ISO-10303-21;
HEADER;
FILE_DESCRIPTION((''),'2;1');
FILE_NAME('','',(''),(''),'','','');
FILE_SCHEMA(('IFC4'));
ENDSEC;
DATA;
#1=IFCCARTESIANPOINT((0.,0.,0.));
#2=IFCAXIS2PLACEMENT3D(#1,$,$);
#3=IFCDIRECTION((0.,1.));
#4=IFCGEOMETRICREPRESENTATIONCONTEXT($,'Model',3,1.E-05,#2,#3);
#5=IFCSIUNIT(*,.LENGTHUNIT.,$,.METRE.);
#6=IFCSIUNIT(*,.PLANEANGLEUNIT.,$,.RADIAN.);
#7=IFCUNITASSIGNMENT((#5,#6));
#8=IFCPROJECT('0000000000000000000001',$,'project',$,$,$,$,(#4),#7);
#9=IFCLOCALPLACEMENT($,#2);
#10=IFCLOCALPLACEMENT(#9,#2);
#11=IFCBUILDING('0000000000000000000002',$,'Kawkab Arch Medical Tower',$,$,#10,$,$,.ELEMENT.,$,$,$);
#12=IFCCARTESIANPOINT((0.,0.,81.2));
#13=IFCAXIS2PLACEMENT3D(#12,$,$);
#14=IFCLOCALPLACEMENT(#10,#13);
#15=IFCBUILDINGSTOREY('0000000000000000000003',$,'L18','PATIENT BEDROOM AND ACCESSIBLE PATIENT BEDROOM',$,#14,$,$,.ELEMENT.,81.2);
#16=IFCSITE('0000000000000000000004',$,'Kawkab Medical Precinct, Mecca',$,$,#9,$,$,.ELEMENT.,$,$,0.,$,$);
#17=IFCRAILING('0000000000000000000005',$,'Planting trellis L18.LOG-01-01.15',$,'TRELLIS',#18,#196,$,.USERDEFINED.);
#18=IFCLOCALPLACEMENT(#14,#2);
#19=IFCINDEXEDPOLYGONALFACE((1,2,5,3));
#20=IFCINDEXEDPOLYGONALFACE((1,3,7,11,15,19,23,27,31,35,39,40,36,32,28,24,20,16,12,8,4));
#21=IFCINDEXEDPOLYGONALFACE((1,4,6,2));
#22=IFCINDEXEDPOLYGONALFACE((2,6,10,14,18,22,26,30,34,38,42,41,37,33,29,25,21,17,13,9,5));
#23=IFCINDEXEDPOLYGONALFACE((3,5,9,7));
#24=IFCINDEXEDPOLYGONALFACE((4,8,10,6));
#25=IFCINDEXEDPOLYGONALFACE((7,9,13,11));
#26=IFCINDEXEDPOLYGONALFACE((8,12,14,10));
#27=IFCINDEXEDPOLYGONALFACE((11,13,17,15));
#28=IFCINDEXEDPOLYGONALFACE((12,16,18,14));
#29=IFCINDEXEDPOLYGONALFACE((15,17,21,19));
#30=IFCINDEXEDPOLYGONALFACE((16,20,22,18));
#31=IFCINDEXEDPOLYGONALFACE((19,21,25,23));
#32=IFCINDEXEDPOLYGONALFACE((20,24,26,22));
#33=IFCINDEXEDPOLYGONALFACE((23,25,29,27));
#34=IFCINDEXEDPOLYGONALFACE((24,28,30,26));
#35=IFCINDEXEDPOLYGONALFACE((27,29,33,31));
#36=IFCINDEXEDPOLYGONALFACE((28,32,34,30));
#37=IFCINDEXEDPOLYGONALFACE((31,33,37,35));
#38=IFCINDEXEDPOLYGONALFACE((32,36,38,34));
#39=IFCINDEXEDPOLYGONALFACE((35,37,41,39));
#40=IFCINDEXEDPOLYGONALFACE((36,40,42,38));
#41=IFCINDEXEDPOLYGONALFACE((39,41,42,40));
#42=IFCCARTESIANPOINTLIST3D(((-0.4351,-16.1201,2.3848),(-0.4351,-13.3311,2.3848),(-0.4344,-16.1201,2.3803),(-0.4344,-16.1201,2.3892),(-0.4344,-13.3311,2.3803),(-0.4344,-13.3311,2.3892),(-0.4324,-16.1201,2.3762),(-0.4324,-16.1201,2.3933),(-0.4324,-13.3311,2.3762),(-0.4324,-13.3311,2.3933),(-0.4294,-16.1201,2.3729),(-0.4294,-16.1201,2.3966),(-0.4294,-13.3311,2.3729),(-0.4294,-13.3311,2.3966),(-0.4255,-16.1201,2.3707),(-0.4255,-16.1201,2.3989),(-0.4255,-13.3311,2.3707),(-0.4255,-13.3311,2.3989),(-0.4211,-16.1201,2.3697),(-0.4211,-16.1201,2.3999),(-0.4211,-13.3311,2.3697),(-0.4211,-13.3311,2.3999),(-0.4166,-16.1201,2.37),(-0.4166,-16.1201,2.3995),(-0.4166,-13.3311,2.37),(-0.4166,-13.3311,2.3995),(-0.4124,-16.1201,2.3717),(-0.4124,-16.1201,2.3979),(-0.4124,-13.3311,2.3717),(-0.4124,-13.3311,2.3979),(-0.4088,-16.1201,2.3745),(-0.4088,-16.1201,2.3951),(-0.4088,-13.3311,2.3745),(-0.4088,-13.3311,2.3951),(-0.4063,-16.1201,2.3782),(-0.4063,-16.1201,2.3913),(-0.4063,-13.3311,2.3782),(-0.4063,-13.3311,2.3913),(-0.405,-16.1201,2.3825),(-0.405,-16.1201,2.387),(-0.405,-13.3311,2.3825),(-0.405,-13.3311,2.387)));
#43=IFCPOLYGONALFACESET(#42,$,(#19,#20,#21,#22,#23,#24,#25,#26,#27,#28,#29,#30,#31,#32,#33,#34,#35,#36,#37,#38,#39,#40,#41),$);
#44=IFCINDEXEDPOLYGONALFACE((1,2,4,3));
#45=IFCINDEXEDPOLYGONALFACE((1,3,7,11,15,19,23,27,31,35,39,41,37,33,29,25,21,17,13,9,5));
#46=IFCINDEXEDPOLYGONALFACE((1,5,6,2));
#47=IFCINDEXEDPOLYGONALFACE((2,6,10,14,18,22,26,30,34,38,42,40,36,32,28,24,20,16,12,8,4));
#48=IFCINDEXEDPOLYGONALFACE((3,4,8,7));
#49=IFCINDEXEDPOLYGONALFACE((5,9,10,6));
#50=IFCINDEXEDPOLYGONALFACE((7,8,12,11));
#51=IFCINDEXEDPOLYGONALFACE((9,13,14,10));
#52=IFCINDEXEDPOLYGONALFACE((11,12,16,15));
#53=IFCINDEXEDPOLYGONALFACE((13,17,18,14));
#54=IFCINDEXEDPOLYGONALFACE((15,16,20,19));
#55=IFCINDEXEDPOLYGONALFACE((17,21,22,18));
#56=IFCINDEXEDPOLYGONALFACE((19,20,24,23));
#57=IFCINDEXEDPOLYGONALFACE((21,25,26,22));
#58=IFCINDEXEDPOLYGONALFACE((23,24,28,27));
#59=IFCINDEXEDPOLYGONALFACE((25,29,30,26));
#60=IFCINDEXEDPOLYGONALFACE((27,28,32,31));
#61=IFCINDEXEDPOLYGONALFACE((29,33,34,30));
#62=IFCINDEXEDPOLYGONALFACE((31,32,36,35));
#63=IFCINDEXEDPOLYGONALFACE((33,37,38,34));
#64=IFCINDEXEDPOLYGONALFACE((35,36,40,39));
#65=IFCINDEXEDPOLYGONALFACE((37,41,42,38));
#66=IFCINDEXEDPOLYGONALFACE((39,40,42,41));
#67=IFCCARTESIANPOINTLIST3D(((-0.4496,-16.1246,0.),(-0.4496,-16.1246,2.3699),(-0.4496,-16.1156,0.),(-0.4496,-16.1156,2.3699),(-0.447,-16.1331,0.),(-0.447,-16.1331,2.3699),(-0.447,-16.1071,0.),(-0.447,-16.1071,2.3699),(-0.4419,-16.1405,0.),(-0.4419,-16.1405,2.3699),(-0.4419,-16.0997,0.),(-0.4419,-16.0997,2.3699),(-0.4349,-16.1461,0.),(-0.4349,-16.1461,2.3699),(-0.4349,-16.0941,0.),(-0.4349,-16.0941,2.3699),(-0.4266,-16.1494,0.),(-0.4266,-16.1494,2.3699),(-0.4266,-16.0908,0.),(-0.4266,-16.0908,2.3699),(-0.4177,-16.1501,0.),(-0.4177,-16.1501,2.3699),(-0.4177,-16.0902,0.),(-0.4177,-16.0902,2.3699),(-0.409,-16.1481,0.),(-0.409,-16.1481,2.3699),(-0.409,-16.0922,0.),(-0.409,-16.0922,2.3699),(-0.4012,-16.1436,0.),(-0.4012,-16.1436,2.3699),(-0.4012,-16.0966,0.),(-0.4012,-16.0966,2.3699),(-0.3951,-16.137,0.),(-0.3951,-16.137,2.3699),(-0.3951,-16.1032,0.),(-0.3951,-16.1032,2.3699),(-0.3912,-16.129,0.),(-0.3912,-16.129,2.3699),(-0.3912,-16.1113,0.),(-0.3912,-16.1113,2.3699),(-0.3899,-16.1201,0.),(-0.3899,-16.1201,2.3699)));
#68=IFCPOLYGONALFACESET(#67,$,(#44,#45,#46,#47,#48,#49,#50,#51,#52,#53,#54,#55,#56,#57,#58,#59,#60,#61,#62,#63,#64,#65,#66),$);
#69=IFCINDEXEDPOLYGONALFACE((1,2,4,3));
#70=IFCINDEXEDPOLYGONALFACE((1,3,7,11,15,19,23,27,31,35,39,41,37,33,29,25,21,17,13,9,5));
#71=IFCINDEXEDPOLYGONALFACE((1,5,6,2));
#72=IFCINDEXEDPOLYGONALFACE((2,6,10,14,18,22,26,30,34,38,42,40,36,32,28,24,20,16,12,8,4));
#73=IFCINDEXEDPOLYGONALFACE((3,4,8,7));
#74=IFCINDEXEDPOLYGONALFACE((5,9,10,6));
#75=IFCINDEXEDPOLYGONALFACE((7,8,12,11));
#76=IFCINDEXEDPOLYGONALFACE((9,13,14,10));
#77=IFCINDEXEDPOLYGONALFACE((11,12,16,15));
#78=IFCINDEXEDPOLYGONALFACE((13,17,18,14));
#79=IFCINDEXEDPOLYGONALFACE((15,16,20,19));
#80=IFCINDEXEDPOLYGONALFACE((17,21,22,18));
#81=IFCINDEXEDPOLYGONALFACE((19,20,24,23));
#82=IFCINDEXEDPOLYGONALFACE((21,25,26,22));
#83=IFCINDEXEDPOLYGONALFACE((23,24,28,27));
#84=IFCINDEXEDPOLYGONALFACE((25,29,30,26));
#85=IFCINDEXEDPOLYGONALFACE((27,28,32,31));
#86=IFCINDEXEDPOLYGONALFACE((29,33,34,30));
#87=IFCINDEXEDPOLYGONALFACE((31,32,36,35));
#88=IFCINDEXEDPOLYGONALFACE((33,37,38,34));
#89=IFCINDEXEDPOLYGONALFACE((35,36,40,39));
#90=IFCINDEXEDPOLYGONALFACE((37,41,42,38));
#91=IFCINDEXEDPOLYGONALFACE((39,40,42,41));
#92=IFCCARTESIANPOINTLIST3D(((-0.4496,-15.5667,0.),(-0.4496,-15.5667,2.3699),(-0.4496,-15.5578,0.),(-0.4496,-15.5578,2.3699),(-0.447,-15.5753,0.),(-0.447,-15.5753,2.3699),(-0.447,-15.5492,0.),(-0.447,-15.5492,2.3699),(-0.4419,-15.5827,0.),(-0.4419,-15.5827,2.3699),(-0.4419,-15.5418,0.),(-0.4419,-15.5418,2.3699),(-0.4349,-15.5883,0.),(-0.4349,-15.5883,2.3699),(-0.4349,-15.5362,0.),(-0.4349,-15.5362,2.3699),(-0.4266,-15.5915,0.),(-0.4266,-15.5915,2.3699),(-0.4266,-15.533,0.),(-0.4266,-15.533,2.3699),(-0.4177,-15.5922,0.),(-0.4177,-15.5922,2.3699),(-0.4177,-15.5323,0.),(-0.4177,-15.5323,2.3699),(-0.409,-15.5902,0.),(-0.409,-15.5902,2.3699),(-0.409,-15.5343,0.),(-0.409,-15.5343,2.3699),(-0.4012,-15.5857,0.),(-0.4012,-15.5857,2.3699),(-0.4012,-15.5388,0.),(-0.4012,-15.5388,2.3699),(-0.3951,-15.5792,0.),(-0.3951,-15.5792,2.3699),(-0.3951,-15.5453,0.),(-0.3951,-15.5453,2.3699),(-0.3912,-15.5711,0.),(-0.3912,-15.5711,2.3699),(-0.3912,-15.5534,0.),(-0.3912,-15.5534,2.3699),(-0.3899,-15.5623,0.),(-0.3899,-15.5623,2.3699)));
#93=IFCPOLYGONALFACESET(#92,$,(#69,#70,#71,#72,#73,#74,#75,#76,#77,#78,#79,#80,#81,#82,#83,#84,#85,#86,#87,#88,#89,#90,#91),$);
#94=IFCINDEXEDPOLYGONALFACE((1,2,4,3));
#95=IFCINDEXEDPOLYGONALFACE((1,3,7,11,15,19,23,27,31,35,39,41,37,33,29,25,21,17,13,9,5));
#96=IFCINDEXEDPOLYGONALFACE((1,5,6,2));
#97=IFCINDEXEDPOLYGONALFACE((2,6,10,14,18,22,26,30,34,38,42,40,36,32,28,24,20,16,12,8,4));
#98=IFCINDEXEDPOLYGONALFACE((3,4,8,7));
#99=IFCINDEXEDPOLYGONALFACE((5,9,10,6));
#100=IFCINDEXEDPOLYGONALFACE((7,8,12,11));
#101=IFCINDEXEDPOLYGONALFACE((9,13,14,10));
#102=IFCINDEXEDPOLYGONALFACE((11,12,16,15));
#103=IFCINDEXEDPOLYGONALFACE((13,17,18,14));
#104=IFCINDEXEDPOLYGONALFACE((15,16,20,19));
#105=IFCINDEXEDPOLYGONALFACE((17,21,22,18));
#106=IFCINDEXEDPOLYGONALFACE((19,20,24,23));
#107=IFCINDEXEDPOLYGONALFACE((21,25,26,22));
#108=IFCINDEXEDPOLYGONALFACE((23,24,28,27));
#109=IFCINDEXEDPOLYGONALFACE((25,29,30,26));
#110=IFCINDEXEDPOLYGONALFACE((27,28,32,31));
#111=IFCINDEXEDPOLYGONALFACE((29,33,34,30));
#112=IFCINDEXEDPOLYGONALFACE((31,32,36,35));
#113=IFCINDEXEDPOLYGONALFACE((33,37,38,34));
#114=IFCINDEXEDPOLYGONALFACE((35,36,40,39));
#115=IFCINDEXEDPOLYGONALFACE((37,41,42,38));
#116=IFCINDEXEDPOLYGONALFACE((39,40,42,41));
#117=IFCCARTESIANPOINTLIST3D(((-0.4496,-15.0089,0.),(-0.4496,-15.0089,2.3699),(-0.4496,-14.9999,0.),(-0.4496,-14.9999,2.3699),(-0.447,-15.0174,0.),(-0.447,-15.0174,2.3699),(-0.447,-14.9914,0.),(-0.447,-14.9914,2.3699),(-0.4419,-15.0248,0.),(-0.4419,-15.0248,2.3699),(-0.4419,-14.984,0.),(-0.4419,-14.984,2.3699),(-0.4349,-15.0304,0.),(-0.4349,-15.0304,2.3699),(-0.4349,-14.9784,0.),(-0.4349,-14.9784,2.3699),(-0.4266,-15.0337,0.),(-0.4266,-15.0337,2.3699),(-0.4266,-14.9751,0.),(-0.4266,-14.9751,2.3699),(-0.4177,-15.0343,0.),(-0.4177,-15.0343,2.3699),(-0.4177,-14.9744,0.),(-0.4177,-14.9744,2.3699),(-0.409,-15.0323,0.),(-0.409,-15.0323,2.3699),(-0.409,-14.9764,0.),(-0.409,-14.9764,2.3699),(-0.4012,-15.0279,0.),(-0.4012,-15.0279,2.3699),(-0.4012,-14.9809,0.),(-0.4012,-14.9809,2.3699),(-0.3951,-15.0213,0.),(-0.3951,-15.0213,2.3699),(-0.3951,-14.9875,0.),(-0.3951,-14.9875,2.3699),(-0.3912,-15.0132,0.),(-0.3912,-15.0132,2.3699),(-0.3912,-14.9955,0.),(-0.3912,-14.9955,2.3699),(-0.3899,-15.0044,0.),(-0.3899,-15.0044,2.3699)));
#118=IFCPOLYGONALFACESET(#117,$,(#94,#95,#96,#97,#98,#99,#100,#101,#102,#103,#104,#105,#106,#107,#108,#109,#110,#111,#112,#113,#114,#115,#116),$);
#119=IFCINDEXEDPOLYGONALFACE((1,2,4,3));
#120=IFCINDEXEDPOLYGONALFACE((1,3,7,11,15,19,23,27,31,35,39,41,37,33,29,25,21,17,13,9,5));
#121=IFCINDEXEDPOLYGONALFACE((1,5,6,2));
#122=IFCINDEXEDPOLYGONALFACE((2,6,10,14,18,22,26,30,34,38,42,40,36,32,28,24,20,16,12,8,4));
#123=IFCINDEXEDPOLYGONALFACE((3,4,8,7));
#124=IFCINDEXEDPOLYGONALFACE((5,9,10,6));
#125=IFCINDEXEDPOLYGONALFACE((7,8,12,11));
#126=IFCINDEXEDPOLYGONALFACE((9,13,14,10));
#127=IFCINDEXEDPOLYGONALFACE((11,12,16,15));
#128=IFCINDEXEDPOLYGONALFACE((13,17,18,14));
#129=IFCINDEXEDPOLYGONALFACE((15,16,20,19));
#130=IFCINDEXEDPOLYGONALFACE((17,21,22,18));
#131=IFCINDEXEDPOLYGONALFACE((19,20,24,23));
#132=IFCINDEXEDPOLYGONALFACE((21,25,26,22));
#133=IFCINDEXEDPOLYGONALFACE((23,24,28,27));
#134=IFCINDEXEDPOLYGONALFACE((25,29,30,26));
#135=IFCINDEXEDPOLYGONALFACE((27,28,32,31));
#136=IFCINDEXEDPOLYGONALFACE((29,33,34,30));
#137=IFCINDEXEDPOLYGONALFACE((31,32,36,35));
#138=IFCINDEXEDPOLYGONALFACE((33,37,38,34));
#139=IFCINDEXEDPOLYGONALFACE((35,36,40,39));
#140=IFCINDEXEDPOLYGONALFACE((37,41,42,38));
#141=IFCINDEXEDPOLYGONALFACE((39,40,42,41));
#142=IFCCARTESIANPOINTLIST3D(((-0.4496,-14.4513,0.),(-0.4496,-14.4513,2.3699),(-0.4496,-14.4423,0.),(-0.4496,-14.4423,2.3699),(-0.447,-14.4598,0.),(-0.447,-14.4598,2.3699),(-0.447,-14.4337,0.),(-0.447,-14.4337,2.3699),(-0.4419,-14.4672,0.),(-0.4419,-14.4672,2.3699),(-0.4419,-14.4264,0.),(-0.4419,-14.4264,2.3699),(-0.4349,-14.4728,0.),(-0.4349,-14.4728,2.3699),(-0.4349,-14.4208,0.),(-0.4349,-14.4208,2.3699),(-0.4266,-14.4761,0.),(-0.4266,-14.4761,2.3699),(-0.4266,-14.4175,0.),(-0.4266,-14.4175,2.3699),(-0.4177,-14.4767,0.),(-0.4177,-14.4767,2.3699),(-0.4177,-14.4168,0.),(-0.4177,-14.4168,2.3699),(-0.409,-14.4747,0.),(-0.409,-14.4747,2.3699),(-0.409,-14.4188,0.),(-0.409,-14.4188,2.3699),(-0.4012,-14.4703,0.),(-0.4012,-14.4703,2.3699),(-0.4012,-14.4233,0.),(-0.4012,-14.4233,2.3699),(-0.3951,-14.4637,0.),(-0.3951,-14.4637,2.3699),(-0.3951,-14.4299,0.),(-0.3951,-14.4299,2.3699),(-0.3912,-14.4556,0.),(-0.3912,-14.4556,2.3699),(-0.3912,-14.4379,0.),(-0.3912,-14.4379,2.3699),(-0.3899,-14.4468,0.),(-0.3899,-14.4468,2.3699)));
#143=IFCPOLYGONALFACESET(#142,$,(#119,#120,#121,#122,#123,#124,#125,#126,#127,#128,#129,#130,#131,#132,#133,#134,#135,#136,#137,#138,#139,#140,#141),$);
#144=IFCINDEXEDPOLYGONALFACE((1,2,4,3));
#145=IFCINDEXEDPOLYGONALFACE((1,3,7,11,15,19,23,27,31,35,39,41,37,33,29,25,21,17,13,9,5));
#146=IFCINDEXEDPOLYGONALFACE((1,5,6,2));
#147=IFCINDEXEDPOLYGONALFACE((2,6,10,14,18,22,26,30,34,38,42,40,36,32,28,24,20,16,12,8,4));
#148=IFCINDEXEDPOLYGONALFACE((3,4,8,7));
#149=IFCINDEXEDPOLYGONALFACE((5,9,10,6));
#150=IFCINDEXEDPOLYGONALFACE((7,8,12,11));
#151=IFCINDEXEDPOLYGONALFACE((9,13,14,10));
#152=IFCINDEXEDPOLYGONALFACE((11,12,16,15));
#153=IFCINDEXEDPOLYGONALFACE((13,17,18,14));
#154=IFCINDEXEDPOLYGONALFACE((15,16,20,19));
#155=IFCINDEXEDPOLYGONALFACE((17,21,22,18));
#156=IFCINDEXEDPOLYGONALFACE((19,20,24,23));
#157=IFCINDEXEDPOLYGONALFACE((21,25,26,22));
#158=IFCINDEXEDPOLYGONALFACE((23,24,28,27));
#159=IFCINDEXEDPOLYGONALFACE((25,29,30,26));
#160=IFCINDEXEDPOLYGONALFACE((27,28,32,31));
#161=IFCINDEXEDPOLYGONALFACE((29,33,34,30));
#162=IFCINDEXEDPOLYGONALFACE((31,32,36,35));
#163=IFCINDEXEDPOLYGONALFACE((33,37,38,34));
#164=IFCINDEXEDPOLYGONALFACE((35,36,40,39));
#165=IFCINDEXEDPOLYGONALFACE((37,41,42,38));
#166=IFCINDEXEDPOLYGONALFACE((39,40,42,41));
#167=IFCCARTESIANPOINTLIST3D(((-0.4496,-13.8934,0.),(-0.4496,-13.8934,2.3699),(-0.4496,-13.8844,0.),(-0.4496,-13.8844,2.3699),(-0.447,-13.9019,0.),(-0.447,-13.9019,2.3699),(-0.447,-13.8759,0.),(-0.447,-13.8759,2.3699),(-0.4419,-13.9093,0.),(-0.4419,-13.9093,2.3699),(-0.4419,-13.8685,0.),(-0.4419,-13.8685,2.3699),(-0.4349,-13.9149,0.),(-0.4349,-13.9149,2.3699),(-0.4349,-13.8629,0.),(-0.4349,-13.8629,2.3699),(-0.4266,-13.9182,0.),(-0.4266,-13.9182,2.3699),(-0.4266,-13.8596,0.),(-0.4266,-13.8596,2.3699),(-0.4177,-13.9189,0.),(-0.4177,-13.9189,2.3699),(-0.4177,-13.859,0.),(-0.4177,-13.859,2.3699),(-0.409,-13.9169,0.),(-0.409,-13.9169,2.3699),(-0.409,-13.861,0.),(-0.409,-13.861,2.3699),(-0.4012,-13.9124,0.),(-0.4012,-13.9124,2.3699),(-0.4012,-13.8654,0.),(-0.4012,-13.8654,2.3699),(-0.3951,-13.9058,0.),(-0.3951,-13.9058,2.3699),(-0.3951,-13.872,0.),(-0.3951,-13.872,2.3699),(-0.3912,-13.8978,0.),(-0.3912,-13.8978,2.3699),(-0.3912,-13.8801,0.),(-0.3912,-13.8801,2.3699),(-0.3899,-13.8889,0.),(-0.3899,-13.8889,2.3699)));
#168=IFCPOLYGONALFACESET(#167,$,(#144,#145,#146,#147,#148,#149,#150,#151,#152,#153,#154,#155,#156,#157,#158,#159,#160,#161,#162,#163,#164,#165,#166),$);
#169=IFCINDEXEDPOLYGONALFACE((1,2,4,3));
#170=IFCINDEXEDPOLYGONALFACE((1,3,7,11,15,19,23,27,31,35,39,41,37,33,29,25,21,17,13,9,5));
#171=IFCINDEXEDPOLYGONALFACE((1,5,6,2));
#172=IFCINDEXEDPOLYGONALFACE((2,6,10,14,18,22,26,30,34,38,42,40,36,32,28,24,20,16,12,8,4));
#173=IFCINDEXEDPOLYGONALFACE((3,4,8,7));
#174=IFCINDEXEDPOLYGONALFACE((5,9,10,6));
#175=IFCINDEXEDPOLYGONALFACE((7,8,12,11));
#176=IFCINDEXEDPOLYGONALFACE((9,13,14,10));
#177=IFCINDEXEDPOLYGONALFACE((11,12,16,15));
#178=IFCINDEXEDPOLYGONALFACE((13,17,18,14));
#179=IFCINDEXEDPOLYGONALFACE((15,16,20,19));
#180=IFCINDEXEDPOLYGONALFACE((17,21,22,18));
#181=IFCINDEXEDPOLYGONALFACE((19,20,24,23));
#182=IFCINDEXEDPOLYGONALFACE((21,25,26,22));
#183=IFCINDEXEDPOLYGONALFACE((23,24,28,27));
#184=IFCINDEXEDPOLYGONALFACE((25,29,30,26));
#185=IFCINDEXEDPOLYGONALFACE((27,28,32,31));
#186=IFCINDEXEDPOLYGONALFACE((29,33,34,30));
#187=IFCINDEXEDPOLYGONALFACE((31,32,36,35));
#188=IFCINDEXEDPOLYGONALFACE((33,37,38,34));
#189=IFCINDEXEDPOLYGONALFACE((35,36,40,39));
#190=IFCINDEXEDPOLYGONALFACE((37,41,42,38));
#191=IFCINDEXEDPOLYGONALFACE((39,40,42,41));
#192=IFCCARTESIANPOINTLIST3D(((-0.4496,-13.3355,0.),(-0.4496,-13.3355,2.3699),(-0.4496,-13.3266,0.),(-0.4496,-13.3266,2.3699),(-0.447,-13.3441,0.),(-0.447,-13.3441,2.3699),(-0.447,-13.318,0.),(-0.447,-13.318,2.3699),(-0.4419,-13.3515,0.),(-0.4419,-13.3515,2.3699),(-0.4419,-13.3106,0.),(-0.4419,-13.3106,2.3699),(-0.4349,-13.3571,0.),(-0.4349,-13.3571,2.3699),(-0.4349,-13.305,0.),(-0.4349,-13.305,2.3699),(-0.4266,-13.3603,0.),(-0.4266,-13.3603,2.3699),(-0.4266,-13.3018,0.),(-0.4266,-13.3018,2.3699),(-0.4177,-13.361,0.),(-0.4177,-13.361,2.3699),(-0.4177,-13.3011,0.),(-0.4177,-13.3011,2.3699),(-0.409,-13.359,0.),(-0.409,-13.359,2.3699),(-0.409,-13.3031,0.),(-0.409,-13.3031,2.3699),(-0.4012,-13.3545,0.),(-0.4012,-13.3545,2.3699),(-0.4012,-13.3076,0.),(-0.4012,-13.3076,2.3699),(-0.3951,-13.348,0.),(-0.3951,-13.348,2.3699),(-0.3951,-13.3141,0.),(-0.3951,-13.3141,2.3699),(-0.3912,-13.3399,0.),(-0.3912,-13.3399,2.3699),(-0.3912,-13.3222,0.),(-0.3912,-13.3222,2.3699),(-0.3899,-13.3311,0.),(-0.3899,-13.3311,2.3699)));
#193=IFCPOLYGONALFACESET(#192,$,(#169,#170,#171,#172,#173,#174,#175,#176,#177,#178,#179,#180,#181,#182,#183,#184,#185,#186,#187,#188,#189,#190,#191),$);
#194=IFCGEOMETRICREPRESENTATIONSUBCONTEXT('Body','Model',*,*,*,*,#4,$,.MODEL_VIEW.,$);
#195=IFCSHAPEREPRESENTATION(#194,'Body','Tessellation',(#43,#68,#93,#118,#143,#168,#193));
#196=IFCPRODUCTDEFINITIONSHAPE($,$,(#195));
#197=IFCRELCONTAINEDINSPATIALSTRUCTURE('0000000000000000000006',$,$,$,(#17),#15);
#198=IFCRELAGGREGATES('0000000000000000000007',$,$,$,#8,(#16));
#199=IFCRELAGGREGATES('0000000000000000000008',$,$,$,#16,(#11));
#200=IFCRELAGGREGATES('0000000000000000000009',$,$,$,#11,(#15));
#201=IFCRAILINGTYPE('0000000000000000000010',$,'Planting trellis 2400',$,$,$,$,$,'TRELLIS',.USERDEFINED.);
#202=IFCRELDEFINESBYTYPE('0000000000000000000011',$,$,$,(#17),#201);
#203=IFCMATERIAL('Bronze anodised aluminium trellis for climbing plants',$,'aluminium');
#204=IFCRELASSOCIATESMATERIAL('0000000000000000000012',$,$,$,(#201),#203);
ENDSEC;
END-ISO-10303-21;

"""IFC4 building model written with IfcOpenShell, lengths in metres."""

from ifc_helpers import new_model, si_unit, direction, frame, origin, origin_2d, place, context, subcontext, project, spatial, circle, extrude, material, type_object, element, save


model = new_model("IFC4")

# Units and contexts
model_context = context("Model", 3, precision=1e-05, world=origin(), true_north=direction((0.0, 1.0)))
body_context = subcontext(model_context, "Body", "Model", "MODEL_VIEW")
ifc_project = project(units=[si_unit("LENGTHUNIT", "METRE"), si_unit("PLANEANGLEUNIT", "RADIAN")], contexts=[model_context])

# Site, building, storey
site_placement = place(None, origin())
site = spatial("IfcSite", under=ifc_project, at=site_placement, Name="Kawkab Medical Precinct, Mecca", CompositionType="ELEMENT", RefElevation=0.0)
building_placement = place(site_placement, origin())
building = spatial("IfcBuilding", under=site, at=building_placement, Name="Kawkab Arch Medical Tower", CompositionType="ELEMENT")
storey_placement = place(building_placement, frame((0.0, 0.0, 81.2)))
storey = spatial("IfcBuildingStorey", under=building, at=storey_placement, Name="L18", Description="PATIENT BEDROOM AND ACCESSIBLE PATIENT BEDROOM", CompositionType="ELEMENT", Elevation=81.2)

# Railing
ifc_material_1 = material(Name="Bronze anodised aluminium trellis for climbing plants", Category="aluminium")
railing_type_1 = type_object("IfcRailingType", Name="Planting trellis 2400", ElementType="TRELLIS", PredefinedType="USERDEFINED", material=ifc_material_1)
railing_1_placement = place(storey_placement, frame((-0.4199, -16.1201, 0.0)))
element("IfcRailing", 1, at=railing_1_placement, inside=storey, type_object=railing_type_1, Name="Planting trellis L18.LOG-01-01.15", ObjectType="TRELLIS", PredefinedType="USERDEFINED", context=body_context, shape_type="SweptSolid", body=[
    extrude(circle(Radius=0.0151, at=origin_2d()), frame((0.0, 0.0, 2.3848), z_axis=(0.0, 1.0, 0.0), x_axis=(-1.0, 0.0, 0.0)), (0.0, 0.0, 1.0), 2.7891),
    extrude(circle(Radius=0.03, at=origin_2d()), origin(), (0.0, 0.0, 1.0), 2.3699),
    extrude(circle(Radius=0.03, at=origin_2d()), frame((0.0, 0.5579, 0.0)), (0.0, 0.0, 1.0), 2.3699),
    extrude(circle(Radius=0.03, at=origin_2d()), frame((0.0, 1.1157, 0.0)), (0.0, 0.0, 1.0), 2.3699),
    extrude(circle(Radius=0.03, at=origin_2d()), frame((0.0, 1.6733, 0.0)), (0.0, 0.0, 1.0), 2.3699),
    extrude(circle(Radius=0.03, at=origin_2d()), frame((0.0, 2.2312, 0.0)), (0.0, 0.0, 1.0), 2.3699),
    extrude(circle(Radius=0.03, at=origin_2d()), frame((0.0, 2.7891, 0.0)), (0.0, 0.0, 1.0), 2.3699),
])

save(model, "model.ifc")
